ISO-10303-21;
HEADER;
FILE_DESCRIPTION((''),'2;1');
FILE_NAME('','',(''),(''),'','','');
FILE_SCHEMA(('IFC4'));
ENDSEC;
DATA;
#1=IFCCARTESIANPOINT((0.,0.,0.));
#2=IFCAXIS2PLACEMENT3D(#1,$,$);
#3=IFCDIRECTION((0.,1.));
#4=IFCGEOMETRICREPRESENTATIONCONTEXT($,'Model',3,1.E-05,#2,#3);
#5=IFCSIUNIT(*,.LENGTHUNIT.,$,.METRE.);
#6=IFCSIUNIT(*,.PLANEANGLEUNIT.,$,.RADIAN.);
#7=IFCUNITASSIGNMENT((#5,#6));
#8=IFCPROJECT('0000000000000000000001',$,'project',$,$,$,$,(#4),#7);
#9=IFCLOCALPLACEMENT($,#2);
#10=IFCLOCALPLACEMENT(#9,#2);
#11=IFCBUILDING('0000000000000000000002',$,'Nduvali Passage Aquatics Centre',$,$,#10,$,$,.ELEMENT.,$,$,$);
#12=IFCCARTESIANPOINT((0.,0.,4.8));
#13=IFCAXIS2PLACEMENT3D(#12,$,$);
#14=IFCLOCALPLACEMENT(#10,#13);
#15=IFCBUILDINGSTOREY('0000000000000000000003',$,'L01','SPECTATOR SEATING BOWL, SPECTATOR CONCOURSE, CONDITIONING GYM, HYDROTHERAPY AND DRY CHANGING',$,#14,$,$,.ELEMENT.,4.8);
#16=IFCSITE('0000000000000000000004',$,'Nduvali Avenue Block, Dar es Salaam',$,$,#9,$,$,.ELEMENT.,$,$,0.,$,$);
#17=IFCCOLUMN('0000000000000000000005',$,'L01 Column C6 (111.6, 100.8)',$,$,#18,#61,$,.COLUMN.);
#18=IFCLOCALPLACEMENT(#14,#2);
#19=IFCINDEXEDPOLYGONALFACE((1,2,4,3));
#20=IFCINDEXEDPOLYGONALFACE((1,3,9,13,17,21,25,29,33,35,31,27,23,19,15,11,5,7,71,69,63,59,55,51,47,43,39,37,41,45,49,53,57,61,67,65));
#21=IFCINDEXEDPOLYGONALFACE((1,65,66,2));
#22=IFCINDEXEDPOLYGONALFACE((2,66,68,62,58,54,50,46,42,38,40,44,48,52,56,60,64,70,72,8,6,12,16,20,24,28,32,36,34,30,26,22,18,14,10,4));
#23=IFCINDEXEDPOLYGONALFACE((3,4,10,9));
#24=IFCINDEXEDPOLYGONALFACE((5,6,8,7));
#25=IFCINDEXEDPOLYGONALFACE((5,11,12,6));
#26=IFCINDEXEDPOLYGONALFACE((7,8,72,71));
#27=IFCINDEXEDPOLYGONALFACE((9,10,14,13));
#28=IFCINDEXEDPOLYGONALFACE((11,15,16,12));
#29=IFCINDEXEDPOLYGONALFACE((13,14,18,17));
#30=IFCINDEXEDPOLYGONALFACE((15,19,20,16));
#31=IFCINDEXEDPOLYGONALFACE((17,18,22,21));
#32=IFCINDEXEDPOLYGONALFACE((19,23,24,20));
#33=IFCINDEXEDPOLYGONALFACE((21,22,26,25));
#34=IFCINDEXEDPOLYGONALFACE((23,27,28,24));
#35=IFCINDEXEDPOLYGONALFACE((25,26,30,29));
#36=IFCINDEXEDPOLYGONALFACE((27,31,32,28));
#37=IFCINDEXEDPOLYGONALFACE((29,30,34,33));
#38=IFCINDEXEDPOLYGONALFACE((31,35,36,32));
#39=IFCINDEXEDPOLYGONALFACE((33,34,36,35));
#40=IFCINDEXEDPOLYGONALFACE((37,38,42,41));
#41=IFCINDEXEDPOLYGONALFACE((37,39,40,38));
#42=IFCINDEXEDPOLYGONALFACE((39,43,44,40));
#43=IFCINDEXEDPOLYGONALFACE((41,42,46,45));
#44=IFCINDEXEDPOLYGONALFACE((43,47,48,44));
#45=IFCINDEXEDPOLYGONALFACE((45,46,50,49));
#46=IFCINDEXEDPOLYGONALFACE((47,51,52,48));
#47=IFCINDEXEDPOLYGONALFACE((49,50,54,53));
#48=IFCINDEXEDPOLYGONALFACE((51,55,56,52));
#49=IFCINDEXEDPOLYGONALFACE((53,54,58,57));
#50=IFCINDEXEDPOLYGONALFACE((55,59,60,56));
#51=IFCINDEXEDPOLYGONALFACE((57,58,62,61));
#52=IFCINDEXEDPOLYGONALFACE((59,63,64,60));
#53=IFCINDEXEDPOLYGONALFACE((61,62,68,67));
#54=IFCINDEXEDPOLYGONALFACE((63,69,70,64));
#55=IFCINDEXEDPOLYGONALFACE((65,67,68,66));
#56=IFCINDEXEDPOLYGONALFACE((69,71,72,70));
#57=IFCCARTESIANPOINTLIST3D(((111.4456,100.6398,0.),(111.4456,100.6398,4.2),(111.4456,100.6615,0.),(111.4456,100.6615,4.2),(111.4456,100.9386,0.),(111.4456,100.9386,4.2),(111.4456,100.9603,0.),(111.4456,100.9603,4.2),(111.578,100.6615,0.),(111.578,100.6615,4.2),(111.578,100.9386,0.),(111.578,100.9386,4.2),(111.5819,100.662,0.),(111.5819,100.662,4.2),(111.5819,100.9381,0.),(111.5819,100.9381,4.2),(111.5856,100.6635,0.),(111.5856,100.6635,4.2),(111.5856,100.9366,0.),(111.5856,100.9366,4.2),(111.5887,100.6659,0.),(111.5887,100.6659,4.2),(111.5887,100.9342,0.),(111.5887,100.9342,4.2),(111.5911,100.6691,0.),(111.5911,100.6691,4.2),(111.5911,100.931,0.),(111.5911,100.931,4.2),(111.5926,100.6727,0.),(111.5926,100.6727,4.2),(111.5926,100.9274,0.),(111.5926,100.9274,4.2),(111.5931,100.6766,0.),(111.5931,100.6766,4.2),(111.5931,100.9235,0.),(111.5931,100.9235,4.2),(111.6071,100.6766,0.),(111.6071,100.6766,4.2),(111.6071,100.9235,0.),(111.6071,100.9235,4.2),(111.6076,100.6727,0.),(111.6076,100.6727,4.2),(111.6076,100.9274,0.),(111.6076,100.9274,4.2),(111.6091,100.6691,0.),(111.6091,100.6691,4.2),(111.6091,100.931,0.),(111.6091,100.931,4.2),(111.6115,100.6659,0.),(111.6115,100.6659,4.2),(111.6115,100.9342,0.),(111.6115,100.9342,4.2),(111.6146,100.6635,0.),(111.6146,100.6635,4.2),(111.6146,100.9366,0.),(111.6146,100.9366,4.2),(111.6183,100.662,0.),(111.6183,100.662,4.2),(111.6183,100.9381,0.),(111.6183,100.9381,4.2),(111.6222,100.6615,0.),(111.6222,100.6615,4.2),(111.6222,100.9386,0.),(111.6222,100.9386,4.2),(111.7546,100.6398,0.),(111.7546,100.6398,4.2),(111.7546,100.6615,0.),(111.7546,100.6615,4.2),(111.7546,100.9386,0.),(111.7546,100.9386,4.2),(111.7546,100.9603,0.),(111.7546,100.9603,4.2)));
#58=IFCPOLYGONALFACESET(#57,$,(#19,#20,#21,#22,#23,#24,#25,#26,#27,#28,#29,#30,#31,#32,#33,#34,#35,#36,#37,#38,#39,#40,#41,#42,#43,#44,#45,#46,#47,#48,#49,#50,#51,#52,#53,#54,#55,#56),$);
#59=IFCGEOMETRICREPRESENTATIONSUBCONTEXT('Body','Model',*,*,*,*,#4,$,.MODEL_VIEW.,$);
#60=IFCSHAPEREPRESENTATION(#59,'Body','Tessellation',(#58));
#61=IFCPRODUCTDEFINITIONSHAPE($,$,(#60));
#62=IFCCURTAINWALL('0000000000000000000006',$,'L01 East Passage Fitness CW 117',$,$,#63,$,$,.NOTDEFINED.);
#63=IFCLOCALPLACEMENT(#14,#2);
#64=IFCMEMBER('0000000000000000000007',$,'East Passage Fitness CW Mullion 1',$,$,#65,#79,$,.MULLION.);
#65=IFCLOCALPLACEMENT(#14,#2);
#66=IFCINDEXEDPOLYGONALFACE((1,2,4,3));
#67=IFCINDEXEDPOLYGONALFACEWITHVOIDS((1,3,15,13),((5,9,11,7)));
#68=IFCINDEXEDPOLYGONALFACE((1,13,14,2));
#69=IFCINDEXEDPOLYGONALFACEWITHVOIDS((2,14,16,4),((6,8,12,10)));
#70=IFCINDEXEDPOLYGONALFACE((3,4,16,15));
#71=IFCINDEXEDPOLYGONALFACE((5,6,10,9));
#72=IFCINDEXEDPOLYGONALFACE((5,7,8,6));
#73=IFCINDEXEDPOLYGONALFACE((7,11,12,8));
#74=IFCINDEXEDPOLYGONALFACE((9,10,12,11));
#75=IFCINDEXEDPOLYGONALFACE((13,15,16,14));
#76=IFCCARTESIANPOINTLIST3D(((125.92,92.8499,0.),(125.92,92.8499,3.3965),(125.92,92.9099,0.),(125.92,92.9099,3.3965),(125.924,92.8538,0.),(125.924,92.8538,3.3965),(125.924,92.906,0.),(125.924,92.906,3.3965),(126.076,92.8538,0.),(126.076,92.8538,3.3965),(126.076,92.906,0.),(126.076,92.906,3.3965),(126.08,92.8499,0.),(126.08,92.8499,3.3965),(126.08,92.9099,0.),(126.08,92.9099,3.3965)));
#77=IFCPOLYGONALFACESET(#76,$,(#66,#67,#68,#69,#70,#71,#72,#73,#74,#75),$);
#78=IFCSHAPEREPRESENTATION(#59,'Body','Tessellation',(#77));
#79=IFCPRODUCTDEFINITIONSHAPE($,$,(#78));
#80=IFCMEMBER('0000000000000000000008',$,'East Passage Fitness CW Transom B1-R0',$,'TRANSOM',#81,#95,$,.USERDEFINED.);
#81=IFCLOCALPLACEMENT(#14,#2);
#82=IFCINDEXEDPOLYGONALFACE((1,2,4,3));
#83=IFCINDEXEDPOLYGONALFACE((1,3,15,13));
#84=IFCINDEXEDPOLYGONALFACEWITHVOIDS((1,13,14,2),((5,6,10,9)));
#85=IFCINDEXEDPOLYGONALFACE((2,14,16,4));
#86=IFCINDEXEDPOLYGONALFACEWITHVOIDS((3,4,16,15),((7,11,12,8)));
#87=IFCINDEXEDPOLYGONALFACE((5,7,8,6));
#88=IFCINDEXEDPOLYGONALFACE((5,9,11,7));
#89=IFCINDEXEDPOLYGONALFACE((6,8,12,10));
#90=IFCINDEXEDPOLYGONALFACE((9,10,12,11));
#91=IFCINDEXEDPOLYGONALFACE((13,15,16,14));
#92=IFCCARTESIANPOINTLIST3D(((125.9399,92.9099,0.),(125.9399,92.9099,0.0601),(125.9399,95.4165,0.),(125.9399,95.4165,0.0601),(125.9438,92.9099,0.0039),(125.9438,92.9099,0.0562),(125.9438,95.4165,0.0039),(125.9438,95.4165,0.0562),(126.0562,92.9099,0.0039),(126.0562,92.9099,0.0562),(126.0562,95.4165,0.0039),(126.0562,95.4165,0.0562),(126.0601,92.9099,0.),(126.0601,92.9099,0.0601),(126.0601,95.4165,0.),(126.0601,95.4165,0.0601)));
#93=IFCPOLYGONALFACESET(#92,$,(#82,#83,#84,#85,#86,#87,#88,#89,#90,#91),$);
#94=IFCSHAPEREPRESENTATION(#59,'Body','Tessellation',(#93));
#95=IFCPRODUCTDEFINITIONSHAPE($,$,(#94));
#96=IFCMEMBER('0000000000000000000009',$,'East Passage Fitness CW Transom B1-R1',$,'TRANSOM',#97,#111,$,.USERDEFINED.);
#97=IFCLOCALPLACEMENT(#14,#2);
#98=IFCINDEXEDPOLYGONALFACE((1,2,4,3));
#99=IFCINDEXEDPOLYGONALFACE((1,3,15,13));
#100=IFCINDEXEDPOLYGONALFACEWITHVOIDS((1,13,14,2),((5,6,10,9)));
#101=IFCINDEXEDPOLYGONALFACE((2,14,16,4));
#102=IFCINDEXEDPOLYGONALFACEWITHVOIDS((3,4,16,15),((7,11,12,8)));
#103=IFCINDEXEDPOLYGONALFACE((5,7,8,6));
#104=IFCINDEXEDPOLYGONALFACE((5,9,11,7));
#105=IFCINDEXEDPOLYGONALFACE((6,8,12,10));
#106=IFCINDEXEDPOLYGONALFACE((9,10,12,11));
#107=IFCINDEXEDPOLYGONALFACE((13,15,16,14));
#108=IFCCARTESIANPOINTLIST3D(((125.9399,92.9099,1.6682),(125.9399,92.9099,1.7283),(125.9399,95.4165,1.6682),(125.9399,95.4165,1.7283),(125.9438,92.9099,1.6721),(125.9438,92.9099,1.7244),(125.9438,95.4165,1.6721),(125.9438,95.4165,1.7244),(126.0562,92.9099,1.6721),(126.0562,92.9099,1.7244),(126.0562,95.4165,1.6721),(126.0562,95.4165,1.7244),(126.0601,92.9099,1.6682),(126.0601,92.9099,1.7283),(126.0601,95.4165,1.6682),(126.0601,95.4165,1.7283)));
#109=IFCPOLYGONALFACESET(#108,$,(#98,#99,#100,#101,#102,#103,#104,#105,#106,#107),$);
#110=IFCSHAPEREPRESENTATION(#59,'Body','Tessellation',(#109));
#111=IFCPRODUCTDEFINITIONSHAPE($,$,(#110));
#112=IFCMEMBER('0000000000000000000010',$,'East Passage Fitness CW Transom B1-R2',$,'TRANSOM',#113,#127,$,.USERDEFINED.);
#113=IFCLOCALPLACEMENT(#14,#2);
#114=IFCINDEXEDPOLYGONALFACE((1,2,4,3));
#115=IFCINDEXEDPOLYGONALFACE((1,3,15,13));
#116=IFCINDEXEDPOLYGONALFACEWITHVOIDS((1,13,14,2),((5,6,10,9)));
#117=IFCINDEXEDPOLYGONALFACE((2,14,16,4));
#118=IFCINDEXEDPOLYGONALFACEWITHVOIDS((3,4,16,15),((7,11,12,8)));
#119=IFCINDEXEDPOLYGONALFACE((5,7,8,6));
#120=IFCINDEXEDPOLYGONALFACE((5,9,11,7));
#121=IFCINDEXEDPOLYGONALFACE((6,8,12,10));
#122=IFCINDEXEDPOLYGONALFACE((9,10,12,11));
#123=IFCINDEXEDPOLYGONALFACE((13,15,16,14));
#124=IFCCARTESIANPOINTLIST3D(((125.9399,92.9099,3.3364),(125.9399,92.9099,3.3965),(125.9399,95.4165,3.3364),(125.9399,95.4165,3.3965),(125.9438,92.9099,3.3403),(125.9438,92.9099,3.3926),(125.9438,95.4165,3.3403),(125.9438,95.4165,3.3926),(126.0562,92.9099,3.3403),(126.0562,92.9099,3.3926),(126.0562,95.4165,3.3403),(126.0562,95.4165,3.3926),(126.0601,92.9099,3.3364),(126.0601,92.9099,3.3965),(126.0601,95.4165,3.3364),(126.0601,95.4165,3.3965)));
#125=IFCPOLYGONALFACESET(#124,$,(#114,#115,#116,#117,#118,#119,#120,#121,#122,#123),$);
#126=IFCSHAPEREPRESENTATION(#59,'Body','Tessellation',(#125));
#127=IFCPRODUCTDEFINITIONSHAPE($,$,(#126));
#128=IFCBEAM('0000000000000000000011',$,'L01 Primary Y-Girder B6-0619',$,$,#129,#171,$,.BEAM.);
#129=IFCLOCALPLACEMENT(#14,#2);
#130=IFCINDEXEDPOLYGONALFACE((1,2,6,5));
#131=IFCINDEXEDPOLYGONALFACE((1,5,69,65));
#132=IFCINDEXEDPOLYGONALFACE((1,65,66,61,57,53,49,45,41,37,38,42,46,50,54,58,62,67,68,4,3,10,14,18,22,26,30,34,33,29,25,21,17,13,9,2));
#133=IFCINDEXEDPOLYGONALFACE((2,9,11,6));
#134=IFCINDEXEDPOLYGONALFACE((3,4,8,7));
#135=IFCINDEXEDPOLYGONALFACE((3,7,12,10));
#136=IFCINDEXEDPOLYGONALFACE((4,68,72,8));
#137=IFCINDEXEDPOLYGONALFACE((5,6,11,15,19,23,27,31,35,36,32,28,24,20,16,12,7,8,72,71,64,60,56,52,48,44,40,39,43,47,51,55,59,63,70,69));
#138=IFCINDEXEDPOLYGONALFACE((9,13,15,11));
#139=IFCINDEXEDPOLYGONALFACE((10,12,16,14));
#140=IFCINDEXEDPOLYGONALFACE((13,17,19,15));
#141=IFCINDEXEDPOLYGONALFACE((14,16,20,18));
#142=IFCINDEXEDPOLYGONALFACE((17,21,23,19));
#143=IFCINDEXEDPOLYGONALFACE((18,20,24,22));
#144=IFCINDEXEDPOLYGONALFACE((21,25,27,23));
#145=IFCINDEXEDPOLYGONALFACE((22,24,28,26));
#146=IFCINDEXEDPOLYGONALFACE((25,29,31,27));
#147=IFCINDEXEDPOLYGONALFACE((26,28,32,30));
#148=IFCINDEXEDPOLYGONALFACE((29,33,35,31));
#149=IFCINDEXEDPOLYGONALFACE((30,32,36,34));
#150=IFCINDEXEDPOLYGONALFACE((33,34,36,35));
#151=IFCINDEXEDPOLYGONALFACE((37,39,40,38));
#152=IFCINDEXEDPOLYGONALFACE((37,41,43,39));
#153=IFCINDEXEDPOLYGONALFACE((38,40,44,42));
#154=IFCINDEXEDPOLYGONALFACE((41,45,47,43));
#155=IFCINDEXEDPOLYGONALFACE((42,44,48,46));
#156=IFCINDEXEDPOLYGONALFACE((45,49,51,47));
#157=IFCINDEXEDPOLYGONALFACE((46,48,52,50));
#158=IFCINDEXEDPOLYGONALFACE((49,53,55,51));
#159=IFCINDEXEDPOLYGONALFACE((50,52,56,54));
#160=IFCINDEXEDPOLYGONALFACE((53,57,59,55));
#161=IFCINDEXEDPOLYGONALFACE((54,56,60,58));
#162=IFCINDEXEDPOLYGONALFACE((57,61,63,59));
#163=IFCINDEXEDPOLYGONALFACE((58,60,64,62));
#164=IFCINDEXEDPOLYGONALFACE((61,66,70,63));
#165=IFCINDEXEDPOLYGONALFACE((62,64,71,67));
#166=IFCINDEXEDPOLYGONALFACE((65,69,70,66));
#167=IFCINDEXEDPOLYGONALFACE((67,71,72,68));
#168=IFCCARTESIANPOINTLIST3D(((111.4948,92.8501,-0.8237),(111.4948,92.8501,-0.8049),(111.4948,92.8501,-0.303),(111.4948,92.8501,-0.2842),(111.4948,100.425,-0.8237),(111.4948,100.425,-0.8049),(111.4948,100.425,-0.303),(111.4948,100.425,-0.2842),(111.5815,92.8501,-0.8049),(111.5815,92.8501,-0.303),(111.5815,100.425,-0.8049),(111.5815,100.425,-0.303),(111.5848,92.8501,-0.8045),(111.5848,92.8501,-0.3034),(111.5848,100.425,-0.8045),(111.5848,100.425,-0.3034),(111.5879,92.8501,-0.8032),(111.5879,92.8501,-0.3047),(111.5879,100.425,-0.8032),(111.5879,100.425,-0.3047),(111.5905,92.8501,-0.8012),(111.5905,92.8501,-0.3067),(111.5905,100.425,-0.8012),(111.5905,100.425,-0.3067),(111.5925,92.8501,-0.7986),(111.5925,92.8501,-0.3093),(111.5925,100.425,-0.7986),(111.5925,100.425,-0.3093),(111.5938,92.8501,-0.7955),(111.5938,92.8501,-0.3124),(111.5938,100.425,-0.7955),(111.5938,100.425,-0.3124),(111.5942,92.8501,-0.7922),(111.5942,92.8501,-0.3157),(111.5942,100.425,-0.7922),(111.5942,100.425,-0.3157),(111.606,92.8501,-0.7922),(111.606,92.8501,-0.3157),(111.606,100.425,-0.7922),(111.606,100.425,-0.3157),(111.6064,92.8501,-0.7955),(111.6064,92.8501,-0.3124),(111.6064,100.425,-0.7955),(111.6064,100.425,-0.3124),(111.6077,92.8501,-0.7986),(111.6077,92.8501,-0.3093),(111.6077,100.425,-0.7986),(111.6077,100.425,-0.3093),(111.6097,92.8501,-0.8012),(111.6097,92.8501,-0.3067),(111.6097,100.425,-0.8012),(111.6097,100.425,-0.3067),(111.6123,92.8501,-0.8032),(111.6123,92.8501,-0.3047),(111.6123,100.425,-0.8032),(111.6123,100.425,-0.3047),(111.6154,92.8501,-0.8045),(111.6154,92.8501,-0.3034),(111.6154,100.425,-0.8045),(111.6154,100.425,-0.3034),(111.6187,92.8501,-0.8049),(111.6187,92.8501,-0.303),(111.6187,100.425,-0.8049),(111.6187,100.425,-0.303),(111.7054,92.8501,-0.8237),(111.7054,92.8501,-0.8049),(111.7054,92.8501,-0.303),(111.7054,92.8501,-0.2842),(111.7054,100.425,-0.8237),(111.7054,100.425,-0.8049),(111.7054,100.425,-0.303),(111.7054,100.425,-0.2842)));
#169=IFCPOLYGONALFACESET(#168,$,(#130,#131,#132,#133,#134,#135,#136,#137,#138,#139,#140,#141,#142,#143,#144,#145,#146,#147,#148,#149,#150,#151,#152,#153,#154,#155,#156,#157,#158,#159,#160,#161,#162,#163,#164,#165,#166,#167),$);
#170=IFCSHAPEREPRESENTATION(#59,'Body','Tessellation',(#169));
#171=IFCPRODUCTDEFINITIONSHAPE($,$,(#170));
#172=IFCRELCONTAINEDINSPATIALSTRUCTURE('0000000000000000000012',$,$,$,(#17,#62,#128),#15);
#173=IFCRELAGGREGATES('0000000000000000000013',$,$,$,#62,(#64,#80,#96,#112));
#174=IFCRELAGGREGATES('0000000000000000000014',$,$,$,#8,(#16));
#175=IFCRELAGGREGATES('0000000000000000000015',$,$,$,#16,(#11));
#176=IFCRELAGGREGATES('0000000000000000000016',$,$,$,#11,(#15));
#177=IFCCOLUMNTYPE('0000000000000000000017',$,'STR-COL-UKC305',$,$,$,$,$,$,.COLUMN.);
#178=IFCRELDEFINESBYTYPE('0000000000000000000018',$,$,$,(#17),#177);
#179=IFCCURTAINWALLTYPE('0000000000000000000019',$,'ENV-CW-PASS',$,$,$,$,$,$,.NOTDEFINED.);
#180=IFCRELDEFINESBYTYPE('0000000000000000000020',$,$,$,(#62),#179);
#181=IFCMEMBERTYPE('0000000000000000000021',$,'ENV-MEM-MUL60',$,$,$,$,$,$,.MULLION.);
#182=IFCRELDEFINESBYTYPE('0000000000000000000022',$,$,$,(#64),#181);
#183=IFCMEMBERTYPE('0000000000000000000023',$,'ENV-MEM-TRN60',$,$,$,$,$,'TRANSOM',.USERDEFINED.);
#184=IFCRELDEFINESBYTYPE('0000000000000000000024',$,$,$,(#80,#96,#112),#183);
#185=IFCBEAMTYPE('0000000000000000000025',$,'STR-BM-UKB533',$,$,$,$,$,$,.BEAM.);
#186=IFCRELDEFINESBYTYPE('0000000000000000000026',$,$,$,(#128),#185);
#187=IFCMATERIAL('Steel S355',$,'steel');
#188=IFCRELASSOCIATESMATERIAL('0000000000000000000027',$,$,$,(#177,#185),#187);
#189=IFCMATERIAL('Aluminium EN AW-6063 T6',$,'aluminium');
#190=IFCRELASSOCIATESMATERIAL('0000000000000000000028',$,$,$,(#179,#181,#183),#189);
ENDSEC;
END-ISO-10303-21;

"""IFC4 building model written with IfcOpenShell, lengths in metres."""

from ifc_helpers import new_model, si_unit, direction, frame, origin, origin_2d, place, context, subcontext, project, spatial, hollow_rectangle, i_section, extrude, material, material_profile, profile_set, type_object, element, aggregate, save


model = new_model("IFC4")

# Units and contexts
model_context = context("Model", 3, precision=1e-05, world=origin(), true_north=direction((0.0, 1.0)))
body_context = subcontext(model_context, "Body", "Model", "MODEL_VIEW")
ifc_project = project(units=[si_unit("LENGTHUNIT", "METRE"), si_unit("PLANEANGLEUNIT", "RADIAN")], contexts=[model_context])

# Site, building, storey
site_placement = place(None, origin())
site = spatial("IfcSite", under=ifc_project, at=site_placement, Name="Nduvali Avenue Block, Dar es Salaam", CompositionType="ELEMENT", RefElevation=0.0)
building_placement = place(site_placement, origin())
building = spatial("IfcBuilding", under=site, at=building_placement, Name="Nduvali Passage Aquatics Centre", CompositionType="ELEMENT")
storey_placement = place(building_placement, frame((0.0, 0.0, 4.8)))
storey = spatial("IfcBuildingStorey", under=building, at=storey_placement, Name="L01", Description="SPECTATOR SEATING BOWL, SPECTATOR CONCOURSE, CONDITIONING GYM, HYDROTHERAPY AND DRY CHANGING", CompositionType="ELEMENT", Elevation=4.8)

# Column
ifc_material_1 = material(Name="Steel S355", Category="steel")
ifc_material_profile_1 = material_profile(ifc_material_1, i_section(OverallWidth=0.3091, OverallDepth=0.3206, WebThickness=0.0139, FlangeThickness=0.0217, FilletRadius=0.0151, at=origin_2d()), Name="UKC 305x305x137")
ifc_profile_set_1 = profile_set([ifc_material_profile_1], Name="Steel S355")
column_type = type_object("IfcColumnType", Name="STR-COL-UKC305", PredefinedType="COLUMN", material=ifc_profile_set_1)
column_placement = place(storey_placement, frame((111.6001, 100.8, 0.0), z_axis=(0.0, 0.0, 1.0), x_axis=(1.0, 0.0, 0.0)))
element("IfcColumn", 1, at=column_placement, inside=storey, type_object=column_type, Name="L01 Column C6 (111.6, 100.8)", PredefinedType="COLUMN", context=body_context, shape_type="SweptSolid", body=[
    extrude(i_section(OverallWidth=0.3091, OverallDepth=0.3206, WebThickness=0.0139, FlangeThickness=0.0217, FilletRadius=0.0151, at=origin_2d()), origin(), (0.0, 0.0, 1.0), 4.2),
])

# Curtain wall, members
ifc_material_2 = material(Name="Aluminium EN AW-6063 T6", Category="aluminium")
curtain_wall_type = type_object("IfcCurtainWallType", Name="ENV-CW-PASS", PredefinedType="NOTDEFINED", material=ifc_material_2)
curtain_wall_placement = place(storey_placement, origin())
curtain_wall = element("IfcCurtainWall", 2, at=curtain_wall_placement, inside=storey, type_object=curtain_wall_type, Name="L01 East Passage Fitness CW 117", PredefinedType="NOTDEFINED")
ifc_material_profile_2 = material_profile(ifc_material_2, hollow_rectangle(XDim=0.0601, YDim=0.1599, WallThickness=0.0039, at=origin_2d()), Name="ALU MULLION 60x160x4")
ifc_profile_set_2 = profile_set([ifc_material_profile_2], Name="Aluminium EN AW-6063 T6")
member_type_1 = type_object("IfcMemberType", Name="ENV-MEM-MUL60", PredefinedType="MULLION", material=ifc_profile_set_2)
member_1_placement = place(storey_placement, frame((126.0, 92.8799, 0.0), z_axis=(0.0, 0.0, 1.0), x_axis=(0.0, 1.0, 0.0)))
member_1 = element("IfcMember", 3, at=member_1_placement, type_object=member_type_1, Name="East Passage Fitness CW Mullion 1", PredefinedType="MULLION", context=body_context, shape_type="SweptSolid", body=[
    extrude(hollow_rectangle(XDim=0.0601, YDim=0.1599, WallThickness=0.0039, at=origin_2d()), origin(), (0.0, 0.0, 1.0), 3.3965),
])
ifc_material_profile_3 = material_profile(ifc_material_2, hollow_rectangle(XDim=0.1201, YDim=0.0601, WallThickness=0.0039, at=origin_2d()), Name="ALU TRANSOM 120x60x4")
ifc_profile_set_3 = profile_set([ifc_material_profile_3], Name="Aluminium EN AW-6063 T6")
member_type_2 = type_object("IfcMemberType", Name="ENV-MEM-TRN60", ElementType="TRANSOM", PredefinedType="USERDEFINED", material=ifc_profile_set_3)
member_2_placement = place(storey_placement, frame((126.0, 92.9099, 0.03), z_axis=(0.0, 1.0, 0.0), x_axis=(-1.0, 0.0, 0.0)))
member_2 = element("IfcMember", 4, at=member_2_placement, type_object=member_type_2, Name="East Passage Fitness CW Transom B1-R0", ObjectType="TRANSOM", PredefinedType="USERDEFINED", context=body_context, shape_type="SweptSolid", body=[
    extrude(hollow_rectangle(XDim=0.1201, YDim=0.0601, WallThickness=0.0039, at=origin_2d()), origin(), (0.0, 0.0, 1.0), 2.5066),
])
member_3_placement = place(storey_placement, frame((126.0, 92.9099, 1.6982), z_axis=(0.0, 1.0, 0.0), x_axis=(-1.0, 0.0, 0.0)))
member_3 = element("IfcMember", 5, at=member_3_placement, type_object=member_type_2, Name="East Passage Fitness CW Transom B1-R1", ObjectType="TRANSOM", PredefinedType="USERDEFINED", context=body_context, shape_type="SweptSolid", body=[
    extrude(hollow_rectangle(XDim=0.1201, YDim=0.0601, WallThickness=0.0039, at=origin_2d()), origin(), (0.0, 0.0, 1.0), 2.5066),
])
member_4_placement = place(storey_placement, frame((126.0, 92.9099, 3.3665), z_axis=(0.0, 1.0, 0.0), x_axis=(-1.0, 0.0, 0.0)))
member_4 = element("IfcMember", 6, at=member_4_placement, type_object=member_type_2, Name="East Passage Fitness CW Transom B1-R2", ObjectType="TRANSOM", PredefinedType="USERDEFINED", context=body_context, shape_type="SweptSolid", body=[
    extrude(hollow_rectangle(XDim=0.1201, YDim=0.0601, WallThickness=0.0039, at=origin_2d()), origin(), (0.0, 0.0, 1.0), 2.5066),
])

# Beam
ifc_material_profile_4 = material_profile(ifc_material_1, i_section(OverallWidth=0.2107, OverallDepth=0.5396, WebThickness=0.0117, FlangeThickness=0.0188, FilletRadius=0.0127, at=origin_2d()), Name="UKB 533x210x109")
ifc_profile_set_4 = profile_set([ifc_material_profile_4], Name="Steel S355")
beam_type_1 = type_object("IfcBeamType", Name="STR-BM-UKB533", PredefinedType="BEAM", material=ifc_profile_set_4)
beam_1_placement = place(storey_placement, frame((111.6001, 92.8501, -0.554), z_axis=(0.0, 1.0, 0.0), x_axis=(-1.0, 0.0, 0.0)))
element("IfcBeam", 7, at=beam_1_placement, inside=storey, type_object=beam_type_1, Name="L01 Primary Y-Girder B6-0619", PredefinedType="BEAM", context=body_context, shape_type="SweptSolid", body=[
    extrude(i_section(OverallWidth=0.2107, OverallDepth=0.5396, WebThickness=0.0117, FlangeThickness=0.0188, FilletRadius=0.0127, at=origin_2d()), origin(), (0.0, 0.0, 1.0), 7.575),
])

aggregate(curtain_wall, [member_1, member_2, member_3, member_4])

save(model, "model.ifc")
